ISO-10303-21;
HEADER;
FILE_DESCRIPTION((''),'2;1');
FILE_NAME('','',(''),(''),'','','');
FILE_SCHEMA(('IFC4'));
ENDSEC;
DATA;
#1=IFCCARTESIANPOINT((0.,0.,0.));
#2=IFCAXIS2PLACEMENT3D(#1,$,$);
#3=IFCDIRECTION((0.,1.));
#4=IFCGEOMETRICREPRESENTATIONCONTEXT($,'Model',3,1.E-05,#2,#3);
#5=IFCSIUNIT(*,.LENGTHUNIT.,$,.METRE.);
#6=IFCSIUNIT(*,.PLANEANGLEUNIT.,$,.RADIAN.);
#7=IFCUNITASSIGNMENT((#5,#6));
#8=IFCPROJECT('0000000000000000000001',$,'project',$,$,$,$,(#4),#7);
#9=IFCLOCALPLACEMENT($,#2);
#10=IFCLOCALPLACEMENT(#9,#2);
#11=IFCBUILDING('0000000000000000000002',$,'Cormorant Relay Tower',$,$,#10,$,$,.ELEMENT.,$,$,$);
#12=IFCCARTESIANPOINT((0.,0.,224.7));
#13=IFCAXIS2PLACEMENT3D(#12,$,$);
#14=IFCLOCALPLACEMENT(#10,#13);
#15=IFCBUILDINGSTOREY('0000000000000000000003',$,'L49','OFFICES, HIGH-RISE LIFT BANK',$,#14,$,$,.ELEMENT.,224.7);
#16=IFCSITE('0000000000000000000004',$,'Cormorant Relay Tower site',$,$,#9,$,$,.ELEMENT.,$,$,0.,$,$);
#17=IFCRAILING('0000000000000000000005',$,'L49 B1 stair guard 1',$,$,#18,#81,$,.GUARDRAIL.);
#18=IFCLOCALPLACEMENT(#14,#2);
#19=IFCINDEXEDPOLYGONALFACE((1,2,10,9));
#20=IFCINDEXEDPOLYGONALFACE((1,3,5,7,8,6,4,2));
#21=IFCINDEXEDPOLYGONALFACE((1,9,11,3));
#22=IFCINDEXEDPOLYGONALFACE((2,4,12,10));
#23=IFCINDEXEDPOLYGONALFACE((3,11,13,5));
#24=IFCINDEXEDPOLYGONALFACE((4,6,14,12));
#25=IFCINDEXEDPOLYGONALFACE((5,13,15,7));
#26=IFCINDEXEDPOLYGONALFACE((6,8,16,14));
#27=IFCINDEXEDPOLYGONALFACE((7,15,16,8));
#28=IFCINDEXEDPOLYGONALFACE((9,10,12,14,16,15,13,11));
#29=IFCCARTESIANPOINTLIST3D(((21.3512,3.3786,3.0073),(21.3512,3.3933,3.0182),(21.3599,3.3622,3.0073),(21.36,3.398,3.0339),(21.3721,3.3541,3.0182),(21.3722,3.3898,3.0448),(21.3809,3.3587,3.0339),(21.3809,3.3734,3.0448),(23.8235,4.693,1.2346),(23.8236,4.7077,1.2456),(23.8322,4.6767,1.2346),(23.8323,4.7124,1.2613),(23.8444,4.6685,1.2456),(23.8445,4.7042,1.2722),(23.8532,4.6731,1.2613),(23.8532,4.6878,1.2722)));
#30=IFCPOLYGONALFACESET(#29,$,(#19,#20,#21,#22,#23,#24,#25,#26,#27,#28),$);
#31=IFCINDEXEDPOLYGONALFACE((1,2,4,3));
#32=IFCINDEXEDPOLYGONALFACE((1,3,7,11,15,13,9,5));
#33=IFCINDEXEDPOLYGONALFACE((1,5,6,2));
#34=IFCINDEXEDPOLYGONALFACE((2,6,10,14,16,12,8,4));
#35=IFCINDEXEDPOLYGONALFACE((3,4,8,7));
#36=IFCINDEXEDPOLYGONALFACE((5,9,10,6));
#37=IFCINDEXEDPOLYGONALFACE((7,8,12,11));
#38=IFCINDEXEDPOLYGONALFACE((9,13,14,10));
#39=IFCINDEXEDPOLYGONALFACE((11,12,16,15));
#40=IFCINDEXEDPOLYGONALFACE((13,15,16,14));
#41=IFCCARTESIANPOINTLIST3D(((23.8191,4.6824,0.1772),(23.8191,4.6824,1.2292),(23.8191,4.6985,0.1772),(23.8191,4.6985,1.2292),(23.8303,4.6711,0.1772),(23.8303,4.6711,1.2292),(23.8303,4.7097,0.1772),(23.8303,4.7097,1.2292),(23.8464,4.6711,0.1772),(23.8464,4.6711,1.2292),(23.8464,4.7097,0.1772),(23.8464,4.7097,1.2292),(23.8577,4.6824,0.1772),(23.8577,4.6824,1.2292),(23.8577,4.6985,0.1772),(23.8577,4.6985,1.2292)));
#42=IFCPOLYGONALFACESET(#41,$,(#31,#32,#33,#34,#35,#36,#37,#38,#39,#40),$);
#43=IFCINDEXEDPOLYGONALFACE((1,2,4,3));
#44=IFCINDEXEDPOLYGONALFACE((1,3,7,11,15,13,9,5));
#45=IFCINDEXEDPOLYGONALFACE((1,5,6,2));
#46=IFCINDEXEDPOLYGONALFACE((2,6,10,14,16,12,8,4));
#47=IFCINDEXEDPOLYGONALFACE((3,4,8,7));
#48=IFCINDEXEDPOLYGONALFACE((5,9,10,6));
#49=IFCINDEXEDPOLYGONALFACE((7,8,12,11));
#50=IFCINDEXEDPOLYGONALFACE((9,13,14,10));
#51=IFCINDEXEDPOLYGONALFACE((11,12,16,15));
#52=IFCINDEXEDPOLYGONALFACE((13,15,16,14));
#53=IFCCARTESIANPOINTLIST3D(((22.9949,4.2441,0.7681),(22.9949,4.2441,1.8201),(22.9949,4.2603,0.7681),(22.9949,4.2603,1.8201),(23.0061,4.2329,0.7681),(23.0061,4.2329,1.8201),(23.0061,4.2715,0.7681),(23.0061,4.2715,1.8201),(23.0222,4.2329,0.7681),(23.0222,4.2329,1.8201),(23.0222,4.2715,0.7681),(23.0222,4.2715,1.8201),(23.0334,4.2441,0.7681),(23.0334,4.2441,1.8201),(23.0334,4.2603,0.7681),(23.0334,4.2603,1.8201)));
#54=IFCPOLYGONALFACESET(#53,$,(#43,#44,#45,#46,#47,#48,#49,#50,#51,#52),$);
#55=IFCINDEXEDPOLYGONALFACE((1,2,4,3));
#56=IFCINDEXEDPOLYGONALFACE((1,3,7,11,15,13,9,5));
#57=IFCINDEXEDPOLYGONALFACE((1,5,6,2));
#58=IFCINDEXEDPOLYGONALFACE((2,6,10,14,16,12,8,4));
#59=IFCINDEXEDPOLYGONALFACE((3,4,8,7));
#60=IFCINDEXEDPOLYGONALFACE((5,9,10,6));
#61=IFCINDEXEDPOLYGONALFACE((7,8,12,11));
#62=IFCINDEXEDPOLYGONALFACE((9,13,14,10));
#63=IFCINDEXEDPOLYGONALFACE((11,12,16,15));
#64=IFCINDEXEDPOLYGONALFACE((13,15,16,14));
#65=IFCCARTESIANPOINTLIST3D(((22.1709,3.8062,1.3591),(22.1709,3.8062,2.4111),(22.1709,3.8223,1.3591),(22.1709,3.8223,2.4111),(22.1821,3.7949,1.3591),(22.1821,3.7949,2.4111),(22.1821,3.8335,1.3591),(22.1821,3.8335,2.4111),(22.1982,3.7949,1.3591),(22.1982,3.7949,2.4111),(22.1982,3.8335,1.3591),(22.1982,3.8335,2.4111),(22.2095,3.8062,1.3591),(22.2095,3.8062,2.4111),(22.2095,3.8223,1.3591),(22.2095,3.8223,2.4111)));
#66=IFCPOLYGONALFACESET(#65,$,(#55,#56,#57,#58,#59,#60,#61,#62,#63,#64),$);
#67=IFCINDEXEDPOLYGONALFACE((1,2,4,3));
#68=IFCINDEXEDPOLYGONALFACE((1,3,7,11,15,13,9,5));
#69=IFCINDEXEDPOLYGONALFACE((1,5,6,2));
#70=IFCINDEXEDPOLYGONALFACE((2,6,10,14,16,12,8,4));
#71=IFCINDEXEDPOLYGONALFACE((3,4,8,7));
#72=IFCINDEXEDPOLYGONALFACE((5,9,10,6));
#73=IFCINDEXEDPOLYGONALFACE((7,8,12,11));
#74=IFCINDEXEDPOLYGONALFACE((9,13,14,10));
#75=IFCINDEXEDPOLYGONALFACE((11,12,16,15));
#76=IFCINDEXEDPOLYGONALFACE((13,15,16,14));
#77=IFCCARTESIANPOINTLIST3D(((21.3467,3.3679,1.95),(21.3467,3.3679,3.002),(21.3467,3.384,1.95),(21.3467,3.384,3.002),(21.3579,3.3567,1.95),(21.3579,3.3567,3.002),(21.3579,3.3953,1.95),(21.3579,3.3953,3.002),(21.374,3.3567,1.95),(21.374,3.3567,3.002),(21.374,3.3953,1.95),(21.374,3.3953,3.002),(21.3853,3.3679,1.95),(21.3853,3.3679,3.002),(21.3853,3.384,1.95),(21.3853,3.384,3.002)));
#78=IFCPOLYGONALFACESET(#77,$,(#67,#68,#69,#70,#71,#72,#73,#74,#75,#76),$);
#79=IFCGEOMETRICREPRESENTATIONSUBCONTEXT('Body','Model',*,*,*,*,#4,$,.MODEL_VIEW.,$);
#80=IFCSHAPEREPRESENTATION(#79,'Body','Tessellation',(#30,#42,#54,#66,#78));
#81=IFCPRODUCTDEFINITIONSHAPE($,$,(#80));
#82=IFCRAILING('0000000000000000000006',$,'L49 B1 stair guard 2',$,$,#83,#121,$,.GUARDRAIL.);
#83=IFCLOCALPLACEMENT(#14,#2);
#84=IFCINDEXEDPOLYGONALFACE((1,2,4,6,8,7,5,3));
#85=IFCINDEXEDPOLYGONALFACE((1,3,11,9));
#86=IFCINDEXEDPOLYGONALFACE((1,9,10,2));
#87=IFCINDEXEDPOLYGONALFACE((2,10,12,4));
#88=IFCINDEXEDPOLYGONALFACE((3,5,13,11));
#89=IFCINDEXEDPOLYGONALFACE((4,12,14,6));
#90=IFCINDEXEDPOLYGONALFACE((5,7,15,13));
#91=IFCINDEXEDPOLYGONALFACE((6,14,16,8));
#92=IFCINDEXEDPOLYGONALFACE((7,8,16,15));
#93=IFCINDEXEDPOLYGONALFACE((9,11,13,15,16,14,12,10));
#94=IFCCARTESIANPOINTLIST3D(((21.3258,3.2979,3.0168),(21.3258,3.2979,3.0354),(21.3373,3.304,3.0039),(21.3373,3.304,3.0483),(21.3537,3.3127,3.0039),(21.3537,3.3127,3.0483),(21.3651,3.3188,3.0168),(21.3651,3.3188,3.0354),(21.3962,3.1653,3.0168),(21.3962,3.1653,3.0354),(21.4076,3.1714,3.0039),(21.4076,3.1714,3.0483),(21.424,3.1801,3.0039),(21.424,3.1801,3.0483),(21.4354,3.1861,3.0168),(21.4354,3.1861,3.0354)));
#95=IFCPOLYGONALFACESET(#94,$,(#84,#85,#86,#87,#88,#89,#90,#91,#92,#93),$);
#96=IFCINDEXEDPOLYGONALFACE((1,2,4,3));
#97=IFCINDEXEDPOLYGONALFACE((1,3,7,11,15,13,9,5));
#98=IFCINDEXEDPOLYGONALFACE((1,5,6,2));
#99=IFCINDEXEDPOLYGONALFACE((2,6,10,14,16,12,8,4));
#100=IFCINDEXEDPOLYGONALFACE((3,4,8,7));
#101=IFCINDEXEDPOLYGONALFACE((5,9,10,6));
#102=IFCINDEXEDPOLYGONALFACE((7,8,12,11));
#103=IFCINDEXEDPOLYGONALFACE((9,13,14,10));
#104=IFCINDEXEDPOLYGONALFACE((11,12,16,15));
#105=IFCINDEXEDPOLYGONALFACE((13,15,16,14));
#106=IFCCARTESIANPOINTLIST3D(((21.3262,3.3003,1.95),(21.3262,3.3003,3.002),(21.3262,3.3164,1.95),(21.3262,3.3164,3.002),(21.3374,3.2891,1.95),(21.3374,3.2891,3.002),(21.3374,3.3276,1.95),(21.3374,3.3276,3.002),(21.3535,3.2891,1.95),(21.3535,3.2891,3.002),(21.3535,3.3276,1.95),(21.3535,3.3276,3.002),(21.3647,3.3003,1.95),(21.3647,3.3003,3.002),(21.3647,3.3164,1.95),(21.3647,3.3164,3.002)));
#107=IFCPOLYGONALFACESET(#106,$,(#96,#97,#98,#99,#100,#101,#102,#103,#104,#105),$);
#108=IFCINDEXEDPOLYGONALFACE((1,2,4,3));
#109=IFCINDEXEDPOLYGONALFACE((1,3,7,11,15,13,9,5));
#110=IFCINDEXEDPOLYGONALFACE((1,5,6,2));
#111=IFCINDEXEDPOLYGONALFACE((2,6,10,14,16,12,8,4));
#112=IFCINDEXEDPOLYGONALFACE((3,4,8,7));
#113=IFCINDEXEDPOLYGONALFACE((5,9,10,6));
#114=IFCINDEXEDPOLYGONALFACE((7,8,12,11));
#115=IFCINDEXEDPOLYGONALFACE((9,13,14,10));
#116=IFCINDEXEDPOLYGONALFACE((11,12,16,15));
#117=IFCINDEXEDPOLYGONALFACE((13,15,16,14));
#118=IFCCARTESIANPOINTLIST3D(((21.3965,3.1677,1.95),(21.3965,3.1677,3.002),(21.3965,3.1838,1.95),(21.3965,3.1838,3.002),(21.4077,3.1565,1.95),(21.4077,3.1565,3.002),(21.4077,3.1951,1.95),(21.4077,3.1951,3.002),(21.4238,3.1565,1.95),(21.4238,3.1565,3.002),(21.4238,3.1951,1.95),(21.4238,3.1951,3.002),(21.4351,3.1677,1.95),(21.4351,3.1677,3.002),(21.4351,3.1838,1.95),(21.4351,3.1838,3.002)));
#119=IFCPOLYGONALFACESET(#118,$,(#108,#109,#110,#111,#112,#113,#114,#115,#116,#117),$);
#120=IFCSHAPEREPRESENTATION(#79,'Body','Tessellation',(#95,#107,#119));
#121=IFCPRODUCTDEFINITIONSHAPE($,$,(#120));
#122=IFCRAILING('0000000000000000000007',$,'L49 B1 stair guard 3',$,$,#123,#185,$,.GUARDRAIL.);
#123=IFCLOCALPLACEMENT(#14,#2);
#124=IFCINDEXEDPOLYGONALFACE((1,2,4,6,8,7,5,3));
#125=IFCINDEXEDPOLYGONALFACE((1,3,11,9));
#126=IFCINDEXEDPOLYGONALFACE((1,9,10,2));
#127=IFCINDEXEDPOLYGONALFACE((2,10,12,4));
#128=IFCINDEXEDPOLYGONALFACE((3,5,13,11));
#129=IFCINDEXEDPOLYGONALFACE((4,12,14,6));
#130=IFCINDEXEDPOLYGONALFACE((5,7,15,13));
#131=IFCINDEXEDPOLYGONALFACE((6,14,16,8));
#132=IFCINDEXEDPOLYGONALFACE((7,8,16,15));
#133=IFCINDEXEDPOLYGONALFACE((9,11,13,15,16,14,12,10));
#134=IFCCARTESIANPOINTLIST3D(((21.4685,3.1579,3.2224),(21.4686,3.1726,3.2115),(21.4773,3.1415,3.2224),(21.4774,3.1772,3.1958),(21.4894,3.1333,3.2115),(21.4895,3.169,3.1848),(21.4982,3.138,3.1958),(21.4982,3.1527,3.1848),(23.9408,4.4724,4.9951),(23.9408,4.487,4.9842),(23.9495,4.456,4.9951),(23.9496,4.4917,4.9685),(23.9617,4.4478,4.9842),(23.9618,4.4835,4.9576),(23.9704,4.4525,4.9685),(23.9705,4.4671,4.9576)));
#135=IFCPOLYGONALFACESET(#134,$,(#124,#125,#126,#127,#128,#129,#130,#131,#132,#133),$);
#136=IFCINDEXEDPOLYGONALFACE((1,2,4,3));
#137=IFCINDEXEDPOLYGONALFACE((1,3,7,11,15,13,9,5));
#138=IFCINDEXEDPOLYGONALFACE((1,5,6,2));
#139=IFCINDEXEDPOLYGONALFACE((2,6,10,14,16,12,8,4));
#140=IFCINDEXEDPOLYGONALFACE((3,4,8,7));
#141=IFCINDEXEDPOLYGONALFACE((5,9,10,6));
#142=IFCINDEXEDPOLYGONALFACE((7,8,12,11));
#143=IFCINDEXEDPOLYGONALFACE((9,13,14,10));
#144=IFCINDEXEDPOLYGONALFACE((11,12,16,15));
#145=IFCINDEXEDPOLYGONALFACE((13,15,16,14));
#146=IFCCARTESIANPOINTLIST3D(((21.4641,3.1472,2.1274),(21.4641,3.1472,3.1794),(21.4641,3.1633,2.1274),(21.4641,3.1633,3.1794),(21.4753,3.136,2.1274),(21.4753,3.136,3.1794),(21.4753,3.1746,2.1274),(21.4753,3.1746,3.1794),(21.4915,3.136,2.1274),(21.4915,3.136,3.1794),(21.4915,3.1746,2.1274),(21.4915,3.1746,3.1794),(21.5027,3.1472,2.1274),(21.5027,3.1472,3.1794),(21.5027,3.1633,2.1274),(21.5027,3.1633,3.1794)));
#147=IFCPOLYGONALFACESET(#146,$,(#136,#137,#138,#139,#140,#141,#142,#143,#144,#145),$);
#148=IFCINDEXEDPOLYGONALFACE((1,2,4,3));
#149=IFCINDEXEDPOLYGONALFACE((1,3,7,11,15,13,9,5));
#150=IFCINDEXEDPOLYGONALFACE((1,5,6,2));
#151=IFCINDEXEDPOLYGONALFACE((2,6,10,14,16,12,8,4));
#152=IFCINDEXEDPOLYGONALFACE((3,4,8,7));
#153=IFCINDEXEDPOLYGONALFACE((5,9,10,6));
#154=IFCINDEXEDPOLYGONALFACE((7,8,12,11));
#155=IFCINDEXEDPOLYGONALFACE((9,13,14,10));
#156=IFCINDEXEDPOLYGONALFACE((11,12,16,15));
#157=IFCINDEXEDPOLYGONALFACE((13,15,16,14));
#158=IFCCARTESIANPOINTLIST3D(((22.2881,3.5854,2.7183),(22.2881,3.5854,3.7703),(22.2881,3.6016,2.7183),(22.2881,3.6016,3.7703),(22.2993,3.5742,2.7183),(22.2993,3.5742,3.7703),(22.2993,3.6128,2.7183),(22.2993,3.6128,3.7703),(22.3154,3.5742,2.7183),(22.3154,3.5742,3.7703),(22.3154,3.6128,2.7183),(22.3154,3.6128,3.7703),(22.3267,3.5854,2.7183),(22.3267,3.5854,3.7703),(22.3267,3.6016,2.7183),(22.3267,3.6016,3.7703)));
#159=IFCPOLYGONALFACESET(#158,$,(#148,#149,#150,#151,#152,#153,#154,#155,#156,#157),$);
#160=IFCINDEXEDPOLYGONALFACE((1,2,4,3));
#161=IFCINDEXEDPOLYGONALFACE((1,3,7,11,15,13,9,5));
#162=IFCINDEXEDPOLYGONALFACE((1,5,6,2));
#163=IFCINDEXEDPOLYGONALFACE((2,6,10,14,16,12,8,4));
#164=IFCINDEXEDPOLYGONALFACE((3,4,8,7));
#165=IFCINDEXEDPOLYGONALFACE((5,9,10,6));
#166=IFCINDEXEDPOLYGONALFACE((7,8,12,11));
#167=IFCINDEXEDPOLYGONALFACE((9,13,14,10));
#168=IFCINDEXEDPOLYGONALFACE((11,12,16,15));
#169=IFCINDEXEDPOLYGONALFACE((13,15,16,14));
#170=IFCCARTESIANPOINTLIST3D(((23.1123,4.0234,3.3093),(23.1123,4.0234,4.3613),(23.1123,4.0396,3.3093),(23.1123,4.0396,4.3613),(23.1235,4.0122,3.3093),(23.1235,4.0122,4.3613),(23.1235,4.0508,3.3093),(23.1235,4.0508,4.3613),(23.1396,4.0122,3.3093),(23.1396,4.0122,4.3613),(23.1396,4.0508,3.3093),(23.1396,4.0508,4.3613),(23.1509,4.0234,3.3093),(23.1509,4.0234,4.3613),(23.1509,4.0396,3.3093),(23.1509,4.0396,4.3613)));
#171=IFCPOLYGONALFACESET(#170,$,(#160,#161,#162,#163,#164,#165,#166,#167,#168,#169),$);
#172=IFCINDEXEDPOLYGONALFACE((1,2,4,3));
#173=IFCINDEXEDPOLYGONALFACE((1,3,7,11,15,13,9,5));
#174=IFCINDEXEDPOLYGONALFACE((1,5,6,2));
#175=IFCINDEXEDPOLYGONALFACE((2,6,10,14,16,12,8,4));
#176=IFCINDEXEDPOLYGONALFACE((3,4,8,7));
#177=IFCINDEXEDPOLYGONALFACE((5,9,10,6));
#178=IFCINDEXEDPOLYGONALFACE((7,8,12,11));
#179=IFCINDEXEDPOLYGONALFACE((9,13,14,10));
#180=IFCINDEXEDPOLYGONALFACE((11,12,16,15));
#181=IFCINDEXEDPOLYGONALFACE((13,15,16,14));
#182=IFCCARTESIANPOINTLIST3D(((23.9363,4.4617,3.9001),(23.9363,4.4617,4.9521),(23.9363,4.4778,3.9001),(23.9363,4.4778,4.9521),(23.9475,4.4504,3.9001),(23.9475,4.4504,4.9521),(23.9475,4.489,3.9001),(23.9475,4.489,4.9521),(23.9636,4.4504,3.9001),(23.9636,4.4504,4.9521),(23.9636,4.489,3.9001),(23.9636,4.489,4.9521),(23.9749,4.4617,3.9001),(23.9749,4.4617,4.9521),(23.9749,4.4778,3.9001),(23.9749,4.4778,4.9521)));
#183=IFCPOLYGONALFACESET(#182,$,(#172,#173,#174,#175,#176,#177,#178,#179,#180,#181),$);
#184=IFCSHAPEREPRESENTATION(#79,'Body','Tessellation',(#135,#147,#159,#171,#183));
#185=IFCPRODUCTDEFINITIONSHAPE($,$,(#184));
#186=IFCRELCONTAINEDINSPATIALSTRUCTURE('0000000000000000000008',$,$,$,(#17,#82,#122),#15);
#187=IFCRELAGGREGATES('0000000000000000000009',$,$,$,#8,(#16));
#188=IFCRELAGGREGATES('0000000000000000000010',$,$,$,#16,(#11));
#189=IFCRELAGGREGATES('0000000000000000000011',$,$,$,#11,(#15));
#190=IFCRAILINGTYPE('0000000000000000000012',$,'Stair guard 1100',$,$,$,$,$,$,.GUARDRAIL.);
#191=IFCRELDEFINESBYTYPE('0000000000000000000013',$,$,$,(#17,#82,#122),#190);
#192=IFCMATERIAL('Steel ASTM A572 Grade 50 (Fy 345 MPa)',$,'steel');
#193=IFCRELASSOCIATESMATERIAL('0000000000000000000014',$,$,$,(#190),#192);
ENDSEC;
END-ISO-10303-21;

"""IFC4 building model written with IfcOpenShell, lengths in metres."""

from ifc_helpers import new_model, si_unit, direction, frame, origin, place, context, subcontext, project, spatial, polyline, outline, extrude, material, type_object, element, save


model = new_model("IFC4")

# Units and contexts
model_context = context("Model", 3, precision=1e-05, world=origin(), true_north=direction((0.0, 1.0)))
body_context = subcontext(model_context, "Body", "Model", "MODEL_VIEW")
ifc_project = project(units=[si_unit("LENGTHUNIT", "METRE"), si_unit("PLANEANGLEUNIT", "RADIAN")], contexts=[model_context])

# Site, building, storey
site_placement = place(None, origin())
site = spatial("IfcSite", under=ifc_project, at=site_placement, Name="Cormorant Relay Tower site", CompositionType="ELEMENT", RefElevation=0.0)
building_placement = place(site_placement, origin())
building = spatial("IfcBuilding", under=site, at=building_placement, Name="Cormorant Relay Tower", CompositionType="ELEMENT")
storey_placement = place(building_placement, frame((0.0, 0.0, 224.7)))
storey = spatial("IfcBuildingStorey", under=building, at=storey_placement, Name="L49", Description="OFFICES, HIGH-RISE LIFT BANK", CompositionType="ELEMENT", Elevation=224.7)

# Railings
ifc_material_1 = material(Name="Steel ASTM A572 Grade 50 (Fy 345 MPa)", Category="steel")
railing_type_1 = type_object("IfcRailingType", Name="Stair guard 1100", PredefinedType="GUARDRAIL", material=ifc_material_1)
railing_1_placement = place(storey_placement, frame((23.8384, 4.6904, 0.1772)))
element("IfcRailing", 1, at=railing_1_placement, inside=storey, type_object=railing_type_1, Name="L49 B1 stair guard 1", PredefinedType="GUARDRAIL", context=body_context, shape_type="SweptSolid", body=[
    extrude(outline(polyline([(0.0222, 0.0093), (0.0093, 0.0222), (-0.0093, 0.0222), (-0.0222, 0.0093), (-0.0222, -0.0093), (-0.0093, -0.0222), (0.0093, -0.0222), (0.0222, -0.0093), (0.0222, 0.0093)])), frame((0.0, 0.0, 1.0762), z_axis=(-0.746034, -0.396627, 0.534902), x_axis=(0.469429, -0.88297, 0.0)), (0.0, 0.0, 1.0), 3.314),
    extrude(outline(polyline([(0.0193, 0.0081), (0.0081, 0.0193), (-0.0081, 0.0193), (-0.0193, 0.0081), (-0.0193, -0.0081), (-0.0081, -0.0193), (0.0081, -0.0193), (0.0193, -0.0081), (0.0193, 0.0081)])), origin(), (0.0, 0.0, 1.0), 1.052),
    extrude(outline(polyline([(0.0193, 0.0081), (0.0081, 0.0193), (-0.0081, 0.0193), (-0.0193, 0.0081), (-0.0193, -0.0081), (-0.0081, -0.0193), (0.0081, -0.0193), (0.0193, -0.0081), (0.0193, 0.0081)])), frame((-0.8242, -0.4382, 0.5908)), (0.0, 0.0, 1.0), 1.052),
    extrude(outline(polyline([(0.0193, 0.0081), (0.0081, 0.0193), (-0.0081, 0.0193), (-0.0193, 0.0081), (-0.0193, -0.0081), (-0.0081, -0.0193), (0.0081, -0.0193), (0.0193, -0.0081), (0.0193, 0.0081)])), frame((-1.6482, -0.8762, 1.1819)), (0.0, 0.0, 1.0), 1.052),
    extrude(outline(polyline([(0.0193, 0.0081), (0.0081, 0.0193), (-0.0081, 0.0193), (-0.0193, 0.0081), (-0.0193, -0.0081), (-0.0081, -0.0193), (0.0081, -0.0193), (0.0193, -0.0081), (0.0193, 0.0081)])), frame((-2.4724, -1.3145, 1.7727)), (0.0, 0.0, 1.0), 1.052),
])
railing_2_placement = place(storey_placement, frame((21.3455, 3.3083, 1.95)))
element("IfcRailing", 2, at=railing_2_placement, inside=storey, type_object=railing_type_1, Name="L49 B1 stair guard 2", PredefinedType="GUARDRAIL", context=body_context, shape_type="SweptSolid", body=[
    extrude(outline(polyline([(0.0222, 0.0093), (0.0093, 0.0222), (-0.0093, 0.0222), (-0.0222, 0.0093), (-0.0222, -0.0093), (-0.0093, -0.0222), (0.0093, -0.0222), (0.0222, -0.0093), (0.0222, 0.0093)])), frame((0.0, 0.0, 1.0762), z_axis=(0.46856, -0.883431, 0.0), x_axis=(0.883431, 0.46856, 0.0)), (0.0, 0.0, 1.0), 0.1501),
    extrude(outline(polyline([(0.0193, 0.0081), (0.0081, 0.0193), (-0.0081, 0.0193), (-0.0193, 0.0081), (-0.0193, -0.0081), (-0.0081, -0.0193), (0.0081, -0.0193), (0.0193, -0.0081), (0.0193, 0.0081)])), origin(), (0.0, 0.0, 1.0), 1.052),
    extrude(outline(polyline([(0.0193, 0.0081), (0.0081, 0.0193), (-0.0081, 0.0193), (-0.0193, 0.0081), (-0.0193, -0.0081), (-0.0081, -0.0193), (0.0081, -0.0193), (0.0193, -0.0081), (0.0193, 0.0081)])), frame((0.0703, -0.1326, 0.0)), (0.0, 0.0, 1.0), 1.052),
])
railing_3_placement = place(storey_placement, frame((21.4834, 3.1553, 2.1274)))
element("IfcRailing", 3, at=railing_3_placement, inside=storey, type_object=railing_type_1, Name="L49 B1 stair guard 3", PredefinedType="GUARDRAIL", context=body_context, shape_type="SweptSolid", body=[
    extrude(outline(polyline([(0.0222, 0.0093), (0.0093, 0.0222), (-0.0093, 0.0222), (-0.0222, 0.0093), (-0.0222, -0.0093), (-0.0093, -0.0222), (0.0093, -0.0222), (0.0222, -0.0093), (0.0222, 0.0093)])), frame((0.0, 0.0, 1.0762), z_axis=(0.746001, 0.396649, 0.534931), x_axis=(-0.469465, 0.882951, 0.0)), (0.0, 0.0, 1.0), 3.314),
    extrude(outline(polyline([(0.0193, 0.0081), (0.0081, 0.0193), (-0.0081, 0.0193), (-0.0193, 0.0081), (-0.0193, -0.0081), (-0.0081, -0.0193), (0.0081, -0.0193), (0.0193, -0.0081), (0.0193, 0.0081)])), origin(), (0.0, 0.0, 1.0), 1.052),
    extrude(outline(polyline([(0.0193, 0.0081), (0.0081, 0.0193), (-0.0081, 0.0193), (-0.0193, 0.0081), (-0.0193, -0.0081), (-0.0081, -0.0193), (0.0081, -0.0193), (0.0193, -0.0081), (0.0193, 0.0081)])), frame((0.824, 0.4382, 0.5908)), (0.0, 0.0, 1.0), 1.052),
    extrude(outline(polyline([(0.0193, 0.0081), (0.0081, 0.0193), (-0.0081, 0.0193), (-0.0193, 0.0081), (-0.0193, -0.0081), (-0.0081, -0.0193), (0.0081, -0.0193), (0.0193, -0.0081), (0.0193, 0.0081)])), frame((1.6482, 0.8762, 1.1819)), (0.0, 0.0, 1.0), 1.052),
    extrude(outline(polyline([(0.0193, 0.0081), (0.0081, 0.0193), (-0.0081, 0.0193), (-0.0193, 0.0081), (-0.0193, -0.0081), (-0.0081, -0.0193), (0.0081, -0.0193), (0.0193, -0.0081), (0.0193, 0.0081)])), frame((2.4722, 1.3145, 1.7727)), (0.0, 0.0, 1.0), 1.052),
])

save(model, "model.ifc")
